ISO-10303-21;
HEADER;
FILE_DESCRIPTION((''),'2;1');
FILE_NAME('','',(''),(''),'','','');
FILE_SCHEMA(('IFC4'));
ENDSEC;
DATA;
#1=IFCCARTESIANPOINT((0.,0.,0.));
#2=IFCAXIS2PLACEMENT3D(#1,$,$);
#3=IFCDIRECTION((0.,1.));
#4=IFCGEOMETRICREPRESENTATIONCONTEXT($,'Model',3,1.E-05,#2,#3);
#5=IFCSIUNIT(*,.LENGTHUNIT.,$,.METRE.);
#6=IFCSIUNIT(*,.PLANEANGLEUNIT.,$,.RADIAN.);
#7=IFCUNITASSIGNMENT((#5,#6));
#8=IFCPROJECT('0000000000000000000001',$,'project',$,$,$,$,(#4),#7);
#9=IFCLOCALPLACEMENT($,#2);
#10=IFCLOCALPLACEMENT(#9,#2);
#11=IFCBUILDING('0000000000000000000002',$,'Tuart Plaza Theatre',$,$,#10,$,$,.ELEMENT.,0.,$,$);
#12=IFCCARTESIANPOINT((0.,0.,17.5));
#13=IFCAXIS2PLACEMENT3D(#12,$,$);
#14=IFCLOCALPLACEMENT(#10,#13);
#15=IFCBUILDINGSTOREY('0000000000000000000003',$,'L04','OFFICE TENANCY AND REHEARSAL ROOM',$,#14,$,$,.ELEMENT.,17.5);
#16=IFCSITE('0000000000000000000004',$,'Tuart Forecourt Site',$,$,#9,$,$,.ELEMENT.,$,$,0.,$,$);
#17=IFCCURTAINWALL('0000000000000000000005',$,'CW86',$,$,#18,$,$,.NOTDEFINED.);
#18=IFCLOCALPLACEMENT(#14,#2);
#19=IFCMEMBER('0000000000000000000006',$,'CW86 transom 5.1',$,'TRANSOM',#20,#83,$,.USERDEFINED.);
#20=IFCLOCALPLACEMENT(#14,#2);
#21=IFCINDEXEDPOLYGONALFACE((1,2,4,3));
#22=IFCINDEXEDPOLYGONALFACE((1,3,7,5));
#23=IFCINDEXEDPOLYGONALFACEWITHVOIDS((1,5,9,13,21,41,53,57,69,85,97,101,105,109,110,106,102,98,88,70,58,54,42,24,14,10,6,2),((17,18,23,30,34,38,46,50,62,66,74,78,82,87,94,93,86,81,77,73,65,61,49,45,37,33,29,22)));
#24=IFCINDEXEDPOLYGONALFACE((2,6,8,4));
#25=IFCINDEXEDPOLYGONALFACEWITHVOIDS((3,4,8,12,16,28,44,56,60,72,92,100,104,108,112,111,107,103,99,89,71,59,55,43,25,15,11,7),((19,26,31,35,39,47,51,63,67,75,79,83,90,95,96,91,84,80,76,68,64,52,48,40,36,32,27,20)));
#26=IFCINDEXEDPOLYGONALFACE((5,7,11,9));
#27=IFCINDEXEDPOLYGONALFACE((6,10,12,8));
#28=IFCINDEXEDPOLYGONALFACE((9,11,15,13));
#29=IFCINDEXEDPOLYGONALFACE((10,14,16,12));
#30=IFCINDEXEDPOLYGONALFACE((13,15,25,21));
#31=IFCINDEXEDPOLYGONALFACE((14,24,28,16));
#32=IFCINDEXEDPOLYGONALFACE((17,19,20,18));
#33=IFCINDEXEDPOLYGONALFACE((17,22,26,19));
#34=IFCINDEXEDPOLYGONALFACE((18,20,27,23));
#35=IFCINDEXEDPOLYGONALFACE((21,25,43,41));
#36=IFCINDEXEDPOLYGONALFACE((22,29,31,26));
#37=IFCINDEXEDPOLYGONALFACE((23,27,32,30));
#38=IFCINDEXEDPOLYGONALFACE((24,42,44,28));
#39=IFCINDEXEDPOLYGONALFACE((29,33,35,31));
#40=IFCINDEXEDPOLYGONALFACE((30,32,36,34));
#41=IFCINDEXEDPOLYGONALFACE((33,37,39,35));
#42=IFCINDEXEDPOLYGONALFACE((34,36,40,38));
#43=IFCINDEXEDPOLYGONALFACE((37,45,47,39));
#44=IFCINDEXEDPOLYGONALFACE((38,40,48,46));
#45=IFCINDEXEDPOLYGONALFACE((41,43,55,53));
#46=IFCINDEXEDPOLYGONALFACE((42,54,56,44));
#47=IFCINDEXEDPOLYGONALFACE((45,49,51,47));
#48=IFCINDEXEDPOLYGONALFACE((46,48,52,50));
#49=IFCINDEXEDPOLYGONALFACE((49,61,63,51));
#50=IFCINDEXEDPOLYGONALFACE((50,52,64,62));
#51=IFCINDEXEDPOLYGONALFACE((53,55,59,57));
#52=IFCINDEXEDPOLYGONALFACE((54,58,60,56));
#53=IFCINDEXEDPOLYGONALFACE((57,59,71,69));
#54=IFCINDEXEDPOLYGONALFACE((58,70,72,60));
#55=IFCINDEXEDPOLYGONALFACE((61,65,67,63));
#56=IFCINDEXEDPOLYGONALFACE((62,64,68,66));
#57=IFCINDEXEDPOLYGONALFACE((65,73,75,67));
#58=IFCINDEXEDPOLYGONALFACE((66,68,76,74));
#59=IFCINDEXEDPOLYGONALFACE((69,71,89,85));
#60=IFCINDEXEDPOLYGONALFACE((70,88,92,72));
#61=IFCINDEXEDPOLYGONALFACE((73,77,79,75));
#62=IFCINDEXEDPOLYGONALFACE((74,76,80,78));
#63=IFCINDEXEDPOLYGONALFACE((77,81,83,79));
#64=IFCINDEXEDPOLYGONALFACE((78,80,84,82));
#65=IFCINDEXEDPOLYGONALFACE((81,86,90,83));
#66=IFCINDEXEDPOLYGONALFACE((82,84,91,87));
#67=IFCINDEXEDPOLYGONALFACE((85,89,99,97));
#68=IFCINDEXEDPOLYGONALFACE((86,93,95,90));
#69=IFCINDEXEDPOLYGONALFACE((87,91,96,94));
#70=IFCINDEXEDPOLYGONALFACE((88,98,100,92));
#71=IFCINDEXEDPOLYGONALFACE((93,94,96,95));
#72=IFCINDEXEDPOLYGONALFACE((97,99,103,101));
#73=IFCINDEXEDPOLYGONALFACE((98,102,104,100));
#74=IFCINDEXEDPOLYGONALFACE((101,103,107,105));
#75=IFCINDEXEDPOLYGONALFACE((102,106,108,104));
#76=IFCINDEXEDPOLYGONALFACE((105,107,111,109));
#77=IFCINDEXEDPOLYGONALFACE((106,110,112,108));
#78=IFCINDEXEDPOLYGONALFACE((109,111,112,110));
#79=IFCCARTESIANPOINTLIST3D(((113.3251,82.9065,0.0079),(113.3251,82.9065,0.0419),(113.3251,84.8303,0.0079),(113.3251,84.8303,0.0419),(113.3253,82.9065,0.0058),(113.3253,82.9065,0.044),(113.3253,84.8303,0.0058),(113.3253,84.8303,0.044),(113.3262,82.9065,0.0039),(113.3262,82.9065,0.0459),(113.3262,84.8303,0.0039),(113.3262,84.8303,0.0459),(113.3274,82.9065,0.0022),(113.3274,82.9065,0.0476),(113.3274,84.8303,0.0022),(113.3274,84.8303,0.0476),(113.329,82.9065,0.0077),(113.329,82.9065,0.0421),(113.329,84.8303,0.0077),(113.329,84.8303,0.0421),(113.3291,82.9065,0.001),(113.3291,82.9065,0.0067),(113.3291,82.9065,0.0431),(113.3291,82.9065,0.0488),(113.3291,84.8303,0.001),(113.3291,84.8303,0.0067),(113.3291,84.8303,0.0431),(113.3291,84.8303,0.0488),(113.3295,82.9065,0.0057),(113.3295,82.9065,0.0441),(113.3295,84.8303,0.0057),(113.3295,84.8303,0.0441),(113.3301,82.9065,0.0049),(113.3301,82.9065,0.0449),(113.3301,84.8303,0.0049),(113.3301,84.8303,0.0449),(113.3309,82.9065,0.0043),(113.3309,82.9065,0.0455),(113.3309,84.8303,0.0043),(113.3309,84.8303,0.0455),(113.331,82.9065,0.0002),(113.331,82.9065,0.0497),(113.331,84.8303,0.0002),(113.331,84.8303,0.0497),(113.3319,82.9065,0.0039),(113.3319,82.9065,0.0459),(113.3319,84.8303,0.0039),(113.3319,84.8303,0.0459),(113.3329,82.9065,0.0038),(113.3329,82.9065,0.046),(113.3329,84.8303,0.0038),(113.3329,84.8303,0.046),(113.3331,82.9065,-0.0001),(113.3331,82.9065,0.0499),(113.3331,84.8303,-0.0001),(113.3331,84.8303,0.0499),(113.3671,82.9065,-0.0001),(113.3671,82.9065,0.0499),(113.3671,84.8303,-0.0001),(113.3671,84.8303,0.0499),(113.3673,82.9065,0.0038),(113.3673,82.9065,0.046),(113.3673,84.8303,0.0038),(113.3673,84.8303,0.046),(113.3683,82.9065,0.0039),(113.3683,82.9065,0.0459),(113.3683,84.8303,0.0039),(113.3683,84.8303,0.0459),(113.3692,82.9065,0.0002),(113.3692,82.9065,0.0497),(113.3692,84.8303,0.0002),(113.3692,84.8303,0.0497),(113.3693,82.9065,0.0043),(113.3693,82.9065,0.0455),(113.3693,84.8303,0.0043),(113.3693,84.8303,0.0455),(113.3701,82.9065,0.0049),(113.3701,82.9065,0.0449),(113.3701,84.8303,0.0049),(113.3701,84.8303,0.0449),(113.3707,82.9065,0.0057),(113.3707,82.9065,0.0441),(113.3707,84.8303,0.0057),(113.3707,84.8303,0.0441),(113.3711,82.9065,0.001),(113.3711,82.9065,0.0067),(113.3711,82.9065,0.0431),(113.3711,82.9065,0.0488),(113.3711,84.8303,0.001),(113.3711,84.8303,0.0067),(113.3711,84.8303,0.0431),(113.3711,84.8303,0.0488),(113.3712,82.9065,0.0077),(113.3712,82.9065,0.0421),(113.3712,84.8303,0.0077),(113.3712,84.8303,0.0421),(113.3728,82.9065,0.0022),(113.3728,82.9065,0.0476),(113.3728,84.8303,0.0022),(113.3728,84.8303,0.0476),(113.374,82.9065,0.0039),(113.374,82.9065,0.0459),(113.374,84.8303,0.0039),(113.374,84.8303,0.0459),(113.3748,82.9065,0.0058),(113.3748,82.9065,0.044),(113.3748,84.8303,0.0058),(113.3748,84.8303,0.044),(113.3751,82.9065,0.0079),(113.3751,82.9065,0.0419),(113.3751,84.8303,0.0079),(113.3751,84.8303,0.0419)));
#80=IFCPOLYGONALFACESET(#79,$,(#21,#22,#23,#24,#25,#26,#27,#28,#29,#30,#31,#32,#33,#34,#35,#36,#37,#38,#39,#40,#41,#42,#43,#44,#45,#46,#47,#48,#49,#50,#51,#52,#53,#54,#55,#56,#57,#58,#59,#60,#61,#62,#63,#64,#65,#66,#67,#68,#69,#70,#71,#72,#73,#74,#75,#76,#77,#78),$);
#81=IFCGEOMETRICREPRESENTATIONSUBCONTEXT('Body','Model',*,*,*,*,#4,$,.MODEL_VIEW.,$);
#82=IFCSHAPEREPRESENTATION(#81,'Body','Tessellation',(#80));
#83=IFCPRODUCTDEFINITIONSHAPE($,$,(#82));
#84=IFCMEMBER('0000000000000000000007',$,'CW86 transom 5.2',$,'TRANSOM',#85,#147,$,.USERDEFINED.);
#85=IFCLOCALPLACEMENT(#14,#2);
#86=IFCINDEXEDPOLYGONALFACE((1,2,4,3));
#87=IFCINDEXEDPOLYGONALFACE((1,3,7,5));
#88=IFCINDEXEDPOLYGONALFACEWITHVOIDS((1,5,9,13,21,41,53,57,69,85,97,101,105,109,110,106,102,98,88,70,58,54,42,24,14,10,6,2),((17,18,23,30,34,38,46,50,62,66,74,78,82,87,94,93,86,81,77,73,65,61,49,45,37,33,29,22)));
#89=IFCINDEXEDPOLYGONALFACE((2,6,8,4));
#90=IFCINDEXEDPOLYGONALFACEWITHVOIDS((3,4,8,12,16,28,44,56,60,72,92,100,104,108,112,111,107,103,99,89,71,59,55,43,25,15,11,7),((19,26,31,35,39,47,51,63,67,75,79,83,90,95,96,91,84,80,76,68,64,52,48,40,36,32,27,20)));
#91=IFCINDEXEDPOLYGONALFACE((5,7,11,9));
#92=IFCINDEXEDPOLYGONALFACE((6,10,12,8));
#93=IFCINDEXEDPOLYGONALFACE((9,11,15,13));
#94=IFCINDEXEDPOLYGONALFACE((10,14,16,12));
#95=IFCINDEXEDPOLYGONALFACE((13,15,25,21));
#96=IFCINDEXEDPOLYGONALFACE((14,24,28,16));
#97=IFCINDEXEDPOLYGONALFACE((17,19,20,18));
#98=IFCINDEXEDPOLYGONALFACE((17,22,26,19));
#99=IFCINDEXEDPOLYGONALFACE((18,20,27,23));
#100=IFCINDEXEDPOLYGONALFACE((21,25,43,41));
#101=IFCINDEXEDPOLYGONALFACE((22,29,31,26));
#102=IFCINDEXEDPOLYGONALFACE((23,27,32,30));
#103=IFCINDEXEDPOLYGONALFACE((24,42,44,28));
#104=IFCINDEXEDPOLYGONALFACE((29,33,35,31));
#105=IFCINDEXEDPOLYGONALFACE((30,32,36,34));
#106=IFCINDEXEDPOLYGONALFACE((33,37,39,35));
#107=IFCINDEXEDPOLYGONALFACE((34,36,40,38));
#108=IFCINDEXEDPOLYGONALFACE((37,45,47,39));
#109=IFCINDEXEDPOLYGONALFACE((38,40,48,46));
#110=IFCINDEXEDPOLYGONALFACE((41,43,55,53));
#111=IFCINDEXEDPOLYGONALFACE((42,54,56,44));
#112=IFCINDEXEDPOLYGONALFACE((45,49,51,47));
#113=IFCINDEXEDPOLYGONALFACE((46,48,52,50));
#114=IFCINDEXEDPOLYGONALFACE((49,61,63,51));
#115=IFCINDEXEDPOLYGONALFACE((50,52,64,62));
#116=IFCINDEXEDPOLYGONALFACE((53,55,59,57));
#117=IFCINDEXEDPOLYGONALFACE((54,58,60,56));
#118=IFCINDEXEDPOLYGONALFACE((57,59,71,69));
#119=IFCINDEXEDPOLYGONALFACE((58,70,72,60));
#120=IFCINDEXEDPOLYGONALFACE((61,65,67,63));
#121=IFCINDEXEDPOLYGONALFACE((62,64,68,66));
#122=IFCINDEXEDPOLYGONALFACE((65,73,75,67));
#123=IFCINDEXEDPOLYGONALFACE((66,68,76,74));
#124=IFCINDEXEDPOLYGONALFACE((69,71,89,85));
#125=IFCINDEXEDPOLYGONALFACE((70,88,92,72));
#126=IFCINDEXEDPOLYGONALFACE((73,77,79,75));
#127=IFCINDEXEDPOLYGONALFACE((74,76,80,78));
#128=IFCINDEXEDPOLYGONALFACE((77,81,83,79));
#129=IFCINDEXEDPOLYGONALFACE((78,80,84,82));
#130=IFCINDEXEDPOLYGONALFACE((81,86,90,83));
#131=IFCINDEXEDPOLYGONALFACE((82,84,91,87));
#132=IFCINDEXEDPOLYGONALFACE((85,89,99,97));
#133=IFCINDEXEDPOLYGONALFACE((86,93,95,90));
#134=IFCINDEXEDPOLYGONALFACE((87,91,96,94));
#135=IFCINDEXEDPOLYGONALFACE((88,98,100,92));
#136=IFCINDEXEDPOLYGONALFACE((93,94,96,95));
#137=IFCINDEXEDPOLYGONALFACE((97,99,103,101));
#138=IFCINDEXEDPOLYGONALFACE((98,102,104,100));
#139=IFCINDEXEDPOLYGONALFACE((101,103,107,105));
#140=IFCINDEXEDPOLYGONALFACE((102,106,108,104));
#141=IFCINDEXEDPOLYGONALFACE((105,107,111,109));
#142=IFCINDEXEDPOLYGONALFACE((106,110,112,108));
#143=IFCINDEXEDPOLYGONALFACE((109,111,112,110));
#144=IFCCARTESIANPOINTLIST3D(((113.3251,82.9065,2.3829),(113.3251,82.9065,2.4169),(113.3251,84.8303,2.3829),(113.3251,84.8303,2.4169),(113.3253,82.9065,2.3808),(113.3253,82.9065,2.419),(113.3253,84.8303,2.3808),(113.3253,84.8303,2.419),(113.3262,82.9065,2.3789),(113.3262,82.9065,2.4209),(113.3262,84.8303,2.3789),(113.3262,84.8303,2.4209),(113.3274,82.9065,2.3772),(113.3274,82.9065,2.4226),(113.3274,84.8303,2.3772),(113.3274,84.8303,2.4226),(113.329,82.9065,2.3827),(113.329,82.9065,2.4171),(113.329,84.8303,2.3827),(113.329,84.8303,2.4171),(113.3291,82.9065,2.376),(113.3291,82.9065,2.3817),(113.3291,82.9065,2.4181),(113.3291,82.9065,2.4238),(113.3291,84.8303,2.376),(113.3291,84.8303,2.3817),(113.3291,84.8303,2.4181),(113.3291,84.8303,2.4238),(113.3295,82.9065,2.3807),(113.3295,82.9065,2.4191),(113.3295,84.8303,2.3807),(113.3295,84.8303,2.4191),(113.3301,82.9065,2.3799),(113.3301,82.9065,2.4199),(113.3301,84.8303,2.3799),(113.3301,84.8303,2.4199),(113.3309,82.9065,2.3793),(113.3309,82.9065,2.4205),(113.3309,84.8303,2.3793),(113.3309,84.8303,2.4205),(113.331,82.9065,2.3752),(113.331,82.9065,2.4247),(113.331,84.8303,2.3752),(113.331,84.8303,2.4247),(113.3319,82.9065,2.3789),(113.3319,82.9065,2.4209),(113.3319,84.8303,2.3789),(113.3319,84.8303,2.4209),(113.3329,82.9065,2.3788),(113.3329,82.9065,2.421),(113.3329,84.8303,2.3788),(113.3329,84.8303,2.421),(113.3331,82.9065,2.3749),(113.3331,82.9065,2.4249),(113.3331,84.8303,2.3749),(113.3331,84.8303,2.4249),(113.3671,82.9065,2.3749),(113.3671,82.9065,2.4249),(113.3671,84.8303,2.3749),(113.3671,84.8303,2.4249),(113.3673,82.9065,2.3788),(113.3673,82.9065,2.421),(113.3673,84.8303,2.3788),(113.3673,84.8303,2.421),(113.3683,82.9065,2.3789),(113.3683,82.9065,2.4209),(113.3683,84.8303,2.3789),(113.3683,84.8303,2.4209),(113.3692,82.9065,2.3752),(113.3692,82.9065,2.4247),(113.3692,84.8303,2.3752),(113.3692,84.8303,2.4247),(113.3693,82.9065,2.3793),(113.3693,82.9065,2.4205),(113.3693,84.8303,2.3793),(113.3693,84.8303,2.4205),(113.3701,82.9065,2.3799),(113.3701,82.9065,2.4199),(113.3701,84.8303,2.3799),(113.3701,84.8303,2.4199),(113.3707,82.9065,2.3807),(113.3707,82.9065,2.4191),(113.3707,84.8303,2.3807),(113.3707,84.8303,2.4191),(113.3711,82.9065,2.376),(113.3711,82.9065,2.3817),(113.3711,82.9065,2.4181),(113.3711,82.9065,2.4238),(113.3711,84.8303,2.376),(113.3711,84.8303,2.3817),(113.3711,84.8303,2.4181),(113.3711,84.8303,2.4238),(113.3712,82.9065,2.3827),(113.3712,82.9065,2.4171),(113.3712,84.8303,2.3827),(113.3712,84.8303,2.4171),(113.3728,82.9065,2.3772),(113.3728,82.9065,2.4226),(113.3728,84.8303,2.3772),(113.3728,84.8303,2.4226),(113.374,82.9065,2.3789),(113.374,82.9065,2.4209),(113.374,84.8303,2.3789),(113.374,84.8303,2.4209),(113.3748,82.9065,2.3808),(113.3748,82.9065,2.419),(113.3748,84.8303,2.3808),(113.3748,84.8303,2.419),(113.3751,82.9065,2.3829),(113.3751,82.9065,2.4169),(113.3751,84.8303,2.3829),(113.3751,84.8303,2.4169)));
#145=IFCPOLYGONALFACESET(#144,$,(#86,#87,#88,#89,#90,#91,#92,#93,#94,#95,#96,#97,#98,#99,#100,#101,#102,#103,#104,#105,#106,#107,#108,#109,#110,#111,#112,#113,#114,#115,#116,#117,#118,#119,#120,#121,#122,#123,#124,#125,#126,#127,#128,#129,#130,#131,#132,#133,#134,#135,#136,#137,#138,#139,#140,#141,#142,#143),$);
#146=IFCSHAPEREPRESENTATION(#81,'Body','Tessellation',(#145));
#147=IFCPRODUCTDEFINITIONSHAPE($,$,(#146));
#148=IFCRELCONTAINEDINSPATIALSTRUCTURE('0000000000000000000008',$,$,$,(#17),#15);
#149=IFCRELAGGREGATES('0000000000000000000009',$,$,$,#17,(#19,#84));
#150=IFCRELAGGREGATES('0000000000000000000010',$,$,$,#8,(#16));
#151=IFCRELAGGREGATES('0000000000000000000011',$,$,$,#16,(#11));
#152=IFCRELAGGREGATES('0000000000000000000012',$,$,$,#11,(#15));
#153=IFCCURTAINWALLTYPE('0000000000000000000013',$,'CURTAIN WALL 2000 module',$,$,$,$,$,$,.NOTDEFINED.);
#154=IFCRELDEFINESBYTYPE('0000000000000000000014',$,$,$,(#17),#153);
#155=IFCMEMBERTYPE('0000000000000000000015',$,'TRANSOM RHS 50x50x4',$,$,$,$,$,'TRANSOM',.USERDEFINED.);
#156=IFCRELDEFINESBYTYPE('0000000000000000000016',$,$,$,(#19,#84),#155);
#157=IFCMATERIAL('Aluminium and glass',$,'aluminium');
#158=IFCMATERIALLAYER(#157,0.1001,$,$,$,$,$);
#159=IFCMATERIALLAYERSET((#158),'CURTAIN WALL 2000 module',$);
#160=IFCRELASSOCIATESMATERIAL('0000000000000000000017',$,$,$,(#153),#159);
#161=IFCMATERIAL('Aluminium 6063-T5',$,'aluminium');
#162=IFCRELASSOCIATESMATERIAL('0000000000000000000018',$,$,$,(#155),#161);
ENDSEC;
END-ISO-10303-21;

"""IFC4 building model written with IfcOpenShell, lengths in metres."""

from ifc_helpers import new_model, si_unit, direction, frame, origin, origin_2d, place, context, subcontext, project, spatial, hollow_rectangle, extrude, material, layer, layer_set, material_profile, profile_set, type_object, element, aggregate, save


model = new_model("IFC4")

# Units and contexts
model_context = context("Model", 3, precision=1e-05, world=origin(), true_north=direction((0.0, 1.0)))
body_context = subcontext(model_context, "Body", "Model", "MODEL_VIEW")
ifc_project = project(units=[si_unit("LENGTHUNIT", "METRE"), si_unit("PLANEANGLEUNIT", "RADIAN")], contexts=[model_context])

# Site, building, storey
site_placement = place(None, origin())
site = spatial("IfcSite", under=ifc_project, at=site_placement, Name="Tuart Forecourt Site", CompositionType="ELEMENT", RefElevation=0.0)
building_placement = place(site_placement, origin())
building = spatial("IfcBuilding", under=site, at=building_placement, Name="Tuart Plaza Theatre", CompositionType="ELEMENT", ElevationOfRefHeight=0.0)
storey_placement = place(building_placement, frame((0.0, 0.0, 17.5)))
storey = spatial("IfcBuildingStorey", under=building, at=storey_placement, Name="L04", Description="OFFICE TENANCY AND REHEARSAL ROOM", CompositionType="ELEMENT", Elevation=17.5)

# Curtain wall, members
ifc_material_1 = material(Name="Aluminium and glass", Category="aluminium")
ifc_layer_1 = layer(ifc_material_1, 0.1001)
ifc_layer_set_1 = layer_set([ifc_layer_1], Name="CURTAIN WALL 2000 module")
curtain_wall_type = type_object("IfcCurtainWallType", Name="CURTAIN WALL 2000 module", PredefinedType="NOTDEFINED", material=ifc_layer_set_1)
curtain_wall_placement = place(storey_placement, origin())
curtain_wall = element("IfcCurtainWall", 1, at=curtain_wall_placement, inside=storey, type_object=curtain_wall_type, Name="CW86", PredefinedType="NOTDEFINED")
ifc_material_2 = material(Name="Aluminium 6063-T5", Category="aluminium")
ifc_material_profile_1 = material_profile(ifc_material_2, hollow_rectangle(XDim=0.05, YDim=0.05, WallThickness=0.0039, InnerFilletRadius=0.0039, OuterFilletRadius=0.0081, at=origin_2d()), Name="RHS 50x50x4")
ifc_profile_set_1 = profile_set([ifc_material_profile_1], Name="Aluminium 6063-T5")
member_type_1 = type_object("IfcMemberType", Name="TRANSOM RHS 50x50x4", ElementType="TRANSOM", PredefinedType="USERDEFINED", material=ifc_profile_set_1)
member_1_placement = place(storey_placement, frame((113.3501, 84.8303, 0.0249), z_axis=(0.0, -1.0, 0.0), x_axis=(1.0, 0.0, 0.0)))
member_1 = element("IfcMember", 2, at=member_1_placement, type_object=member_type_1, Name="CW86 transom 5.1", ObjectType="TRANSOM", PredefinedType="USERDEFINED", context=body_context, shape_type="SweptSolid", body=[
    extrude(hollow_rectangle(XDim=0.05, YDim=0.05, WallThickness=0.0039, InnerFilletRadius=0.0039, OuterFilletRadius=0.0081, at=origin_2d()), origin(), (0.0, 0.0, 1.0), 1.9238),
])
member_2_placement = place(storey_placement, frame((113.3501, 84.8303, 2.3999), z_axis=(0.0, -1.0, 0.0), x_axis=(1.0, 0.0, 0.0)))
member_2 = element("IfcMember", 3, at=member_2_placement, type_object=member_type_1, Name="CW86 transom 5.2", ObjectType="TRANSOM", PredefinedType="USERDEFINED", context=body_context, shape_type="SweptSolid", body=[
    extrude(hollow_rectangle(XDim=0.05, YDim=0.05, WallThickness=0.0039, InnerFilletRadius=0.0039, OuterFilletRadius=0.0081, at=origin_2d()), origin(), (0.0, 0.0, 1.0), 1.9238),
])
aggregate(curtain_wall, [member_1, member_2])

save(model, "model.ifc")
